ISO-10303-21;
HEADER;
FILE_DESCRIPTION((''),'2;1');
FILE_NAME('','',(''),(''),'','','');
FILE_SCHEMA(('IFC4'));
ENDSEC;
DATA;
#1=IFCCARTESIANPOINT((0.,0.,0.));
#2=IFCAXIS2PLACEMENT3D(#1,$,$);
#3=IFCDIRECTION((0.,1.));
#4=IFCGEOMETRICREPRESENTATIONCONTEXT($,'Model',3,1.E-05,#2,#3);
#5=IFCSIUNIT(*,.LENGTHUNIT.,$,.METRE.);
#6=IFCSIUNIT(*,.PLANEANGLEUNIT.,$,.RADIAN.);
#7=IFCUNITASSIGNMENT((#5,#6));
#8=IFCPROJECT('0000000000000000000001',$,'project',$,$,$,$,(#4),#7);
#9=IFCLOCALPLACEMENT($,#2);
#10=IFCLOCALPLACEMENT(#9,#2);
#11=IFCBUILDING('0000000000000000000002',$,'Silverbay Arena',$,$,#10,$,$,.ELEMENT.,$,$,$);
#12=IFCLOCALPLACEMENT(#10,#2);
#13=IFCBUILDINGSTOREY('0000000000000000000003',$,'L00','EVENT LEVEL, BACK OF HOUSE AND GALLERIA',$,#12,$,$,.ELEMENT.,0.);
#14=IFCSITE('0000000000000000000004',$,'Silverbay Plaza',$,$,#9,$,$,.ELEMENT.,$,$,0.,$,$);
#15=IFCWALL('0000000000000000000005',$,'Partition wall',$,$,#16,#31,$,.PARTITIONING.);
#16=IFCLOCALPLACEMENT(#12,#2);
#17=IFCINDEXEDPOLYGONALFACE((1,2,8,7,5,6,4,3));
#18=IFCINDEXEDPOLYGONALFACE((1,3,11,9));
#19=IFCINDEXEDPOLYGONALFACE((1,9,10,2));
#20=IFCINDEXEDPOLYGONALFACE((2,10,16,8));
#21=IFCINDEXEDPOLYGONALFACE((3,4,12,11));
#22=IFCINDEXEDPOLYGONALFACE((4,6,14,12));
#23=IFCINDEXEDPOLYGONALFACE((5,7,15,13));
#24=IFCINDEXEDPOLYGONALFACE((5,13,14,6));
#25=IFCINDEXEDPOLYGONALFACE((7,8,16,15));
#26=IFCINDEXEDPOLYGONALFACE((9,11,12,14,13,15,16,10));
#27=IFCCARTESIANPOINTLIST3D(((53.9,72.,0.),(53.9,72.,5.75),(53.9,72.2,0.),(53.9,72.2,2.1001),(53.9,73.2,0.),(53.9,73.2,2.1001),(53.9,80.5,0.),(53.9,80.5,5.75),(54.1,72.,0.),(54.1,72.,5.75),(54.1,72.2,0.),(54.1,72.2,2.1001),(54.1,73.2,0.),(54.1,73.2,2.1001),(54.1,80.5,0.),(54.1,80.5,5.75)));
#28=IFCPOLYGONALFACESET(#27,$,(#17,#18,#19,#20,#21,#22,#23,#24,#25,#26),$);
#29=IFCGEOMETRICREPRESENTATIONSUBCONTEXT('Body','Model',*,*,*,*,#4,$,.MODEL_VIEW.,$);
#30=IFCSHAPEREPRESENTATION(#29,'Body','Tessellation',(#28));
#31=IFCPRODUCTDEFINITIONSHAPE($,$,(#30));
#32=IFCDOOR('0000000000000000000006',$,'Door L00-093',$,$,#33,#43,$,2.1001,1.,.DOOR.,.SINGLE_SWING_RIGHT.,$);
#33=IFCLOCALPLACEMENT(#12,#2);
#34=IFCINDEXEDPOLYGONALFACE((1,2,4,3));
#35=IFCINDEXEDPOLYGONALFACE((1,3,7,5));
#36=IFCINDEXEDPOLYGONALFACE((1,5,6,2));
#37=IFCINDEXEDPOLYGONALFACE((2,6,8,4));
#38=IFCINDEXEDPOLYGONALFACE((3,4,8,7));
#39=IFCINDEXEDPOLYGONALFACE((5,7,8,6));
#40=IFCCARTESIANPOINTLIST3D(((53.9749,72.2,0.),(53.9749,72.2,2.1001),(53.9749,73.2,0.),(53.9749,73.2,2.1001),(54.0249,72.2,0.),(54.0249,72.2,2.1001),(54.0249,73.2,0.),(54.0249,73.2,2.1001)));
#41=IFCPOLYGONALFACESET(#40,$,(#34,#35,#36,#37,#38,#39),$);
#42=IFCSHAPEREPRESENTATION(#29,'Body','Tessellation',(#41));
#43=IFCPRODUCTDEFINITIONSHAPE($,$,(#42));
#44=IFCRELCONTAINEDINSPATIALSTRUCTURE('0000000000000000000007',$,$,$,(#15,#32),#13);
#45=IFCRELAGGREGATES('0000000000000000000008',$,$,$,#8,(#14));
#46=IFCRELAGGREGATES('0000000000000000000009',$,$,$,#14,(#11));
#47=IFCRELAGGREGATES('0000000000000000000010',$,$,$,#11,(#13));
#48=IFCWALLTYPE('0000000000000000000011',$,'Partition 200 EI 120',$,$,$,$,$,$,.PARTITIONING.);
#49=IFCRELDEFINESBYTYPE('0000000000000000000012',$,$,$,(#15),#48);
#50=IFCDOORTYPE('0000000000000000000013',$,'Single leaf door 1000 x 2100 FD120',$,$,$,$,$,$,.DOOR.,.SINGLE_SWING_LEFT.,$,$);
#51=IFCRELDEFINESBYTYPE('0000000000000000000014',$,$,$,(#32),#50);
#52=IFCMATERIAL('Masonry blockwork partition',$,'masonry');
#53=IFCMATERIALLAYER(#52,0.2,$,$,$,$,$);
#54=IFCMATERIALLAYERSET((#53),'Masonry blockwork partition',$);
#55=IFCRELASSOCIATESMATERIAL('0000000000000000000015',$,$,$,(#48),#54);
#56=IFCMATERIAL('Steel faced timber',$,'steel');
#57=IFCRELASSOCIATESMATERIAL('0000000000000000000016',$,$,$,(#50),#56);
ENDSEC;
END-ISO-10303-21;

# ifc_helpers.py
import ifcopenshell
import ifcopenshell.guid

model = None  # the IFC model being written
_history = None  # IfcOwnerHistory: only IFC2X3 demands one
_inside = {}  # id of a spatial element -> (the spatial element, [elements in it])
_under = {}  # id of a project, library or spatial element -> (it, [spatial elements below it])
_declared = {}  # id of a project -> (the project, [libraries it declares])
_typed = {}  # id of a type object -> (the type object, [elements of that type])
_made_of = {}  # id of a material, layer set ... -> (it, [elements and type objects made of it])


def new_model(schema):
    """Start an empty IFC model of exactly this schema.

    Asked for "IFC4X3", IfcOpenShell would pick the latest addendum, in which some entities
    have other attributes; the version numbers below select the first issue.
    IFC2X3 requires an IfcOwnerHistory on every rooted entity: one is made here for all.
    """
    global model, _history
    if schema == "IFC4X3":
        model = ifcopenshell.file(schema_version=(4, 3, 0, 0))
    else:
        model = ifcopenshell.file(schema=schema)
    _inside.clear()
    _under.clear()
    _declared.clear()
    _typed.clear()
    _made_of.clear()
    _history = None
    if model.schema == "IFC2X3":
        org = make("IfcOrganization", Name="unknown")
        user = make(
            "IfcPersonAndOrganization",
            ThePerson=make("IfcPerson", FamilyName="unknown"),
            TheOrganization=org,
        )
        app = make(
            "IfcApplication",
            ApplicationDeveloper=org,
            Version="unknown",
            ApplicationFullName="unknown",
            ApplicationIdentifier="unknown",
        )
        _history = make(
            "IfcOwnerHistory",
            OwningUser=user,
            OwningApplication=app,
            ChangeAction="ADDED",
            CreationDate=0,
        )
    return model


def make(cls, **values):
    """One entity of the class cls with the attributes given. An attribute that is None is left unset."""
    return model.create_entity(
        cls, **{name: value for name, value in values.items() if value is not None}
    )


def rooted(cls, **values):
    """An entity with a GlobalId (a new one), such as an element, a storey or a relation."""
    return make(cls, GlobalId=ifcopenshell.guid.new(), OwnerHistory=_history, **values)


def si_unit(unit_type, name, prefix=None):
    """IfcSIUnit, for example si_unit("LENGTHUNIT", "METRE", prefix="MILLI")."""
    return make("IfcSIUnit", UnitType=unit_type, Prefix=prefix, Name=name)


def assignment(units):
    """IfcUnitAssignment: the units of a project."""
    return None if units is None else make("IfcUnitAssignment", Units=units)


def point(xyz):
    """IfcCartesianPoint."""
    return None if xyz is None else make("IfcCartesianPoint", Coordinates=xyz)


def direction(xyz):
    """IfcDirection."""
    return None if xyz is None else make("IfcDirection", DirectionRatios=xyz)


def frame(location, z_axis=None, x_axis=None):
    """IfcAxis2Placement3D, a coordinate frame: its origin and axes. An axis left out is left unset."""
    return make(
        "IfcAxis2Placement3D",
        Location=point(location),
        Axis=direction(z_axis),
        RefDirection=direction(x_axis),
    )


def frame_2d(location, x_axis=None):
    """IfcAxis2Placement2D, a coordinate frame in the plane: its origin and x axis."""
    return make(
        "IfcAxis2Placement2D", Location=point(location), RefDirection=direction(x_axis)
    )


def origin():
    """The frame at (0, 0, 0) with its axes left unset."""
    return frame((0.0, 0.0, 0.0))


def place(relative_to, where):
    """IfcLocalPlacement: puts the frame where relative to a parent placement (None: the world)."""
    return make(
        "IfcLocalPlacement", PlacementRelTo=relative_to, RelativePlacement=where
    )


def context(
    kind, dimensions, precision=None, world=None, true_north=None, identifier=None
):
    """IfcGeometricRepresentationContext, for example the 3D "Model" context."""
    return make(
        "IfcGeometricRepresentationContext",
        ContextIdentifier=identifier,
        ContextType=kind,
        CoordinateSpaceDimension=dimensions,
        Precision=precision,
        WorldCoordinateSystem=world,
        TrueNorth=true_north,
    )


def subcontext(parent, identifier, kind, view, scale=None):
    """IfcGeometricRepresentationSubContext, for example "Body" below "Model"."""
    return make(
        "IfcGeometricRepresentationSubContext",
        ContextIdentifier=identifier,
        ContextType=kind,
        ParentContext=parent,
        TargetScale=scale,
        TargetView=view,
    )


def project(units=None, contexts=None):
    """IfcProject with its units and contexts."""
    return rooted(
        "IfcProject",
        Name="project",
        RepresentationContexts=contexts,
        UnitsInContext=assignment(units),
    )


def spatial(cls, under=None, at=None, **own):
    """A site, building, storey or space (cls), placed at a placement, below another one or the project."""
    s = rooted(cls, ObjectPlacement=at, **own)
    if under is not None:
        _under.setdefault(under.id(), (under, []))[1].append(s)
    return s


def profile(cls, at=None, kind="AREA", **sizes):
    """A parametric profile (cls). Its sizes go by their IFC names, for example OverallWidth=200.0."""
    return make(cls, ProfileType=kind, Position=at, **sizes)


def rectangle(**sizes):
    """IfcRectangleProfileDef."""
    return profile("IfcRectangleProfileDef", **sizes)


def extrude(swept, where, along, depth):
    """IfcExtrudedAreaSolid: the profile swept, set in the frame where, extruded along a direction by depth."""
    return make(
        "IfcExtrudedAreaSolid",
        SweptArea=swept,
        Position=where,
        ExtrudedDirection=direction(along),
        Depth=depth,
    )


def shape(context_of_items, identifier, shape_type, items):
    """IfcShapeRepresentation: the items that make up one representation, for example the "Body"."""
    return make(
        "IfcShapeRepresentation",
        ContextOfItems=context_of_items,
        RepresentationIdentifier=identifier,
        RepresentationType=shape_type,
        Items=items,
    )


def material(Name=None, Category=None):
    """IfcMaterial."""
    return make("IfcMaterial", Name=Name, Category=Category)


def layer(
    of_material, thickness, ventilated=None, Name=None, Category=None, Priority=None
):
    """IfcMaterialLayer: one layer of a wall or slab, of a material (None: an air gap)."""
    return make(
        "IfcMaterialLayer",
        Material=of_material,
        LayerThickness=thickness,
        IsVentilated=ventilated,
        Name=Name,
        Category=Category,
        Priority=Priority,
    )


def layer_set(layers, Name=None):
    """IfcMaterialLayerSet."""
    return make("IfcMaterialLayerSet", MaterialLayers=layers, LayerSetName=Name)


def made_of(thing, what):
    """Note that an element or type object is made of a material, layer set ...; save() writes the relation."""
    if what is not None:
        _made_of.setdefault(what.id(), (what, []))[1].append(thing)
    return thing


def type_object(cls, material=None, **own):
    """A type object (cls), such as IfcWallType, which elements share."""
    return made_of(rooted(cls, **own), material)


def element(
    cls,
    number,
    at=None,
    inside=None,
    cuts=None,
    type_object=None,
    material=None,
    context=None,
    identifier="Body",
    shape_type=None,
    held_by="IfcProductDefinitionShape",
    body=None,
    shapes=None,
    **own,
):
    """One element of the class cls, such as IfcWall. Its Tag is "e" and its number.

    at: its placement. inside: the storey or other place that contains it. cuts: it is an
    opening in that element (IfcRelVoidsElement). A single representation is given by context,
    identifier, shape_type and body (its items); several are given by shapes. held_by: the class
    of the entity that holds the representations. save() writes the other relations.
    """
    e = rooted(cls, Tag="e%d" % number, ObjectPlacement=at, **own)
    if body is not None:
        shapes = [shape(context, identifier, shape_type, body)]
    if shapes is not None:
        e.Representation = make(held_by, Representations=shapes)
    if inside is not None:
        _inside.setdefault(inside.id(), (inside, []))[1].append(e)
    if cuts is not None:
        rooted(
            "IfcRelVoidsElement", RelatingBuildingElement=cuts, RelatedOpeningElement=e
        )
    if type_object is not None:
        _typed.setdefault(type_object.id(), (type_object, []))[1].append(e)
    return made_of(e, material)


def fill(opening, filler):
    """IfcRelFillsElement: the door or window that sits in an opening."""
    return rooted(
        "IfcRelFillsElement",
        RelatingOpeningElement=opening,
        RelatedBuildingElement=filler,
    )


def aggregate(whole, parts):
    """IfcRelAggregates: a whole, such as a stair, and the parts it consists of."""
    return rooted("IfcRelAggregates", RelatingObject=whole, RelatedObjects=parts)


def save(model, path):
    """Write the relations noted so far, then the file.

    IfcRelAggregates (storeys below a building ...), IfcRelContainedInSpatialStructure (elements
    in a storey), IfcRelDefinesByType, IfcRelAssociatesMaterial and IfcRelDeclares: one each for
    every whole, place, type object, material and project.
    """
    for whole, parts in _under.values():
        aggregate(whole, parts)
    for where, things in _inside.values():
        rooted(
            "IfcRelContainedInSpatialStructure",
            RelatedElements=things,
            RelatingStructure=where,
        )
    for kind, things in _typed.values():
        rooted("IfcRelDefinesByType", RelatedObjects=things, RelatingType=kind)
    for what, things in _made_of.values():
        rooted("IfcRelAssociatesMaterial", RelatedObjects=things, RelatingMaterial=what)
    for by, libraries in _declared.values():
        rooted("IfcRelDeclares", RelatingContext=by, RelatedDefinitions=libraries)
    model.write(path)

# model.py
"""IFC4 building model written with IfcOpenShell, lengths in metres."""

from ifc_helpers import new_model, si_unit, direction, frame, frame_2d, origin, place, context, subcontext, project, spatial, rectangle, extrude, material, layer, layer_set, type_object, element, fill, save


model = new_model("IFC4")

# Units and contexts
model_context = context("Model", 3, precision=1e-05, world=origin(), true_north=direction((0.0, 1.0)))
body_context = subcontext(model_context, "Body", "Model", "MODEL_VIEW")
ifc_project = project(units=[si_unit("LENGTHUNIT", "METRE"), si_unit("PLANEANGLEUNIT", "RADIAN")], contexts=[model_context])

# Site, building, storey
site_placement = place(None, origin())
site = spatial("IfcSite", under=ifc_project, at=site_placement, Name="Silverbay Plaza", CompositionType="ELEMENT", RefElevation=0.0)
building_placement = place(site_placement, origin())
building = spatial("IfcBuilding", under=site, at=building_placement, Name="Silverbay Arena", CompositionType="ELEMENT")
storey_placement = place(building_placement, origin())
storey = spatial("IfcBuildingStorey", under=building, at=storey_placement, Name="L00", Description="EVENT LEVEL, BACK OF HOUSE AND GALLERIA", CompositionType="ELEMENT", Elevation=0.0)

# Shared definitions
ifc_material_1 = material(Name="Masonry blockwork partition", Category="masonry")
ifc_layer = layer(ifc_material_1, 0.2)
ifc_layer_set = layer_set([ifc_layer], Name="Masonry blockwork partition")
wall_type = type_object("IfcWallType", Name="Partition 200 EI 120", PredefinedType="PARTITIONING", material=ifc_layer_set)

# Wall, opening, door
wall_1_placement = place(storey_placement, frame((54.0, 72.0, 0.0), z_axis=(0.0, 0.0, 1.0), x_axis=(0.0, 1.0, 0.0)))
wall_1 = element("IfcWall", 1, at=wall_1_placement, inside=storey, type_object=wall_type, Name="Partition wall", PredefinedType="PARTITIONING", context=body_context, shape_type="SweptSolid", body=[
    extrude(rectangle(XDim=8.5, YDim=0.2, at=frame_2d((4.25, 0.0))), origin(), (0.0, 0.0, 1.0), 5.75),
])
opening_placement = place(wall_1_placement, frame((0.2, 0.0, 0.0)))
opening = element("IfcOpeningElement", 2, at=opening_placement, cuts=wall_1, PredefinedType="OPENING", context=body_context, shape_type="SweptSolid", body=[
    extrude(rectangle(XDim=1.0, YDim=2.1001, at=frame_2d((0.5, 1.05))), frame((0.0, 0.1099, 0.0), z_axis=(0.0, -1.0, 0.0), x_axis=(1.0, 0.0, 0.0)), (0.0, 0.0, 1.0), 0.22),
])
ifc_material_2 = material(Name="Steel faced timber", Category="steel")
door_type = type_object("IfcDoorType", Name="Single leaf door 1000 x 2100 FD120", OperationType="SINGLE_SWING_LEFT", PredefinedType="DOOR", material=ifc_material_2)
door_placement = place(opening_placement, frame((1.0, 0.0, 0.0), z_axis=(0.0, 0.0, 1.0), x_axis=(-1.0, 0.0, 0.0)))
door = element("IfcDoor", 3, at=door_placement, inside=storey, type_object=door_type, Name="Door L00-093", OperationType="SINGLE_SWING_RIGHT", OverallHeight=2.1001, OverallWidth=1.0, PredefinedType="DOOR", context=body_context, shape_type="SweptSolid", body=[
    extrude(rectangle(XDim=1.0, YDim=2.1001, at=frame_2d((0.5, 1.05))), frame((0.0, 0.0249, 0.0), z_axis=(0.0, -1.0, 0.0), x_axis=(1.0, 0.0, 0.0)), (0.0, 0.0, 1.0), 0.05),
])
fill(opening, door)

save(model, "model.ifc")
